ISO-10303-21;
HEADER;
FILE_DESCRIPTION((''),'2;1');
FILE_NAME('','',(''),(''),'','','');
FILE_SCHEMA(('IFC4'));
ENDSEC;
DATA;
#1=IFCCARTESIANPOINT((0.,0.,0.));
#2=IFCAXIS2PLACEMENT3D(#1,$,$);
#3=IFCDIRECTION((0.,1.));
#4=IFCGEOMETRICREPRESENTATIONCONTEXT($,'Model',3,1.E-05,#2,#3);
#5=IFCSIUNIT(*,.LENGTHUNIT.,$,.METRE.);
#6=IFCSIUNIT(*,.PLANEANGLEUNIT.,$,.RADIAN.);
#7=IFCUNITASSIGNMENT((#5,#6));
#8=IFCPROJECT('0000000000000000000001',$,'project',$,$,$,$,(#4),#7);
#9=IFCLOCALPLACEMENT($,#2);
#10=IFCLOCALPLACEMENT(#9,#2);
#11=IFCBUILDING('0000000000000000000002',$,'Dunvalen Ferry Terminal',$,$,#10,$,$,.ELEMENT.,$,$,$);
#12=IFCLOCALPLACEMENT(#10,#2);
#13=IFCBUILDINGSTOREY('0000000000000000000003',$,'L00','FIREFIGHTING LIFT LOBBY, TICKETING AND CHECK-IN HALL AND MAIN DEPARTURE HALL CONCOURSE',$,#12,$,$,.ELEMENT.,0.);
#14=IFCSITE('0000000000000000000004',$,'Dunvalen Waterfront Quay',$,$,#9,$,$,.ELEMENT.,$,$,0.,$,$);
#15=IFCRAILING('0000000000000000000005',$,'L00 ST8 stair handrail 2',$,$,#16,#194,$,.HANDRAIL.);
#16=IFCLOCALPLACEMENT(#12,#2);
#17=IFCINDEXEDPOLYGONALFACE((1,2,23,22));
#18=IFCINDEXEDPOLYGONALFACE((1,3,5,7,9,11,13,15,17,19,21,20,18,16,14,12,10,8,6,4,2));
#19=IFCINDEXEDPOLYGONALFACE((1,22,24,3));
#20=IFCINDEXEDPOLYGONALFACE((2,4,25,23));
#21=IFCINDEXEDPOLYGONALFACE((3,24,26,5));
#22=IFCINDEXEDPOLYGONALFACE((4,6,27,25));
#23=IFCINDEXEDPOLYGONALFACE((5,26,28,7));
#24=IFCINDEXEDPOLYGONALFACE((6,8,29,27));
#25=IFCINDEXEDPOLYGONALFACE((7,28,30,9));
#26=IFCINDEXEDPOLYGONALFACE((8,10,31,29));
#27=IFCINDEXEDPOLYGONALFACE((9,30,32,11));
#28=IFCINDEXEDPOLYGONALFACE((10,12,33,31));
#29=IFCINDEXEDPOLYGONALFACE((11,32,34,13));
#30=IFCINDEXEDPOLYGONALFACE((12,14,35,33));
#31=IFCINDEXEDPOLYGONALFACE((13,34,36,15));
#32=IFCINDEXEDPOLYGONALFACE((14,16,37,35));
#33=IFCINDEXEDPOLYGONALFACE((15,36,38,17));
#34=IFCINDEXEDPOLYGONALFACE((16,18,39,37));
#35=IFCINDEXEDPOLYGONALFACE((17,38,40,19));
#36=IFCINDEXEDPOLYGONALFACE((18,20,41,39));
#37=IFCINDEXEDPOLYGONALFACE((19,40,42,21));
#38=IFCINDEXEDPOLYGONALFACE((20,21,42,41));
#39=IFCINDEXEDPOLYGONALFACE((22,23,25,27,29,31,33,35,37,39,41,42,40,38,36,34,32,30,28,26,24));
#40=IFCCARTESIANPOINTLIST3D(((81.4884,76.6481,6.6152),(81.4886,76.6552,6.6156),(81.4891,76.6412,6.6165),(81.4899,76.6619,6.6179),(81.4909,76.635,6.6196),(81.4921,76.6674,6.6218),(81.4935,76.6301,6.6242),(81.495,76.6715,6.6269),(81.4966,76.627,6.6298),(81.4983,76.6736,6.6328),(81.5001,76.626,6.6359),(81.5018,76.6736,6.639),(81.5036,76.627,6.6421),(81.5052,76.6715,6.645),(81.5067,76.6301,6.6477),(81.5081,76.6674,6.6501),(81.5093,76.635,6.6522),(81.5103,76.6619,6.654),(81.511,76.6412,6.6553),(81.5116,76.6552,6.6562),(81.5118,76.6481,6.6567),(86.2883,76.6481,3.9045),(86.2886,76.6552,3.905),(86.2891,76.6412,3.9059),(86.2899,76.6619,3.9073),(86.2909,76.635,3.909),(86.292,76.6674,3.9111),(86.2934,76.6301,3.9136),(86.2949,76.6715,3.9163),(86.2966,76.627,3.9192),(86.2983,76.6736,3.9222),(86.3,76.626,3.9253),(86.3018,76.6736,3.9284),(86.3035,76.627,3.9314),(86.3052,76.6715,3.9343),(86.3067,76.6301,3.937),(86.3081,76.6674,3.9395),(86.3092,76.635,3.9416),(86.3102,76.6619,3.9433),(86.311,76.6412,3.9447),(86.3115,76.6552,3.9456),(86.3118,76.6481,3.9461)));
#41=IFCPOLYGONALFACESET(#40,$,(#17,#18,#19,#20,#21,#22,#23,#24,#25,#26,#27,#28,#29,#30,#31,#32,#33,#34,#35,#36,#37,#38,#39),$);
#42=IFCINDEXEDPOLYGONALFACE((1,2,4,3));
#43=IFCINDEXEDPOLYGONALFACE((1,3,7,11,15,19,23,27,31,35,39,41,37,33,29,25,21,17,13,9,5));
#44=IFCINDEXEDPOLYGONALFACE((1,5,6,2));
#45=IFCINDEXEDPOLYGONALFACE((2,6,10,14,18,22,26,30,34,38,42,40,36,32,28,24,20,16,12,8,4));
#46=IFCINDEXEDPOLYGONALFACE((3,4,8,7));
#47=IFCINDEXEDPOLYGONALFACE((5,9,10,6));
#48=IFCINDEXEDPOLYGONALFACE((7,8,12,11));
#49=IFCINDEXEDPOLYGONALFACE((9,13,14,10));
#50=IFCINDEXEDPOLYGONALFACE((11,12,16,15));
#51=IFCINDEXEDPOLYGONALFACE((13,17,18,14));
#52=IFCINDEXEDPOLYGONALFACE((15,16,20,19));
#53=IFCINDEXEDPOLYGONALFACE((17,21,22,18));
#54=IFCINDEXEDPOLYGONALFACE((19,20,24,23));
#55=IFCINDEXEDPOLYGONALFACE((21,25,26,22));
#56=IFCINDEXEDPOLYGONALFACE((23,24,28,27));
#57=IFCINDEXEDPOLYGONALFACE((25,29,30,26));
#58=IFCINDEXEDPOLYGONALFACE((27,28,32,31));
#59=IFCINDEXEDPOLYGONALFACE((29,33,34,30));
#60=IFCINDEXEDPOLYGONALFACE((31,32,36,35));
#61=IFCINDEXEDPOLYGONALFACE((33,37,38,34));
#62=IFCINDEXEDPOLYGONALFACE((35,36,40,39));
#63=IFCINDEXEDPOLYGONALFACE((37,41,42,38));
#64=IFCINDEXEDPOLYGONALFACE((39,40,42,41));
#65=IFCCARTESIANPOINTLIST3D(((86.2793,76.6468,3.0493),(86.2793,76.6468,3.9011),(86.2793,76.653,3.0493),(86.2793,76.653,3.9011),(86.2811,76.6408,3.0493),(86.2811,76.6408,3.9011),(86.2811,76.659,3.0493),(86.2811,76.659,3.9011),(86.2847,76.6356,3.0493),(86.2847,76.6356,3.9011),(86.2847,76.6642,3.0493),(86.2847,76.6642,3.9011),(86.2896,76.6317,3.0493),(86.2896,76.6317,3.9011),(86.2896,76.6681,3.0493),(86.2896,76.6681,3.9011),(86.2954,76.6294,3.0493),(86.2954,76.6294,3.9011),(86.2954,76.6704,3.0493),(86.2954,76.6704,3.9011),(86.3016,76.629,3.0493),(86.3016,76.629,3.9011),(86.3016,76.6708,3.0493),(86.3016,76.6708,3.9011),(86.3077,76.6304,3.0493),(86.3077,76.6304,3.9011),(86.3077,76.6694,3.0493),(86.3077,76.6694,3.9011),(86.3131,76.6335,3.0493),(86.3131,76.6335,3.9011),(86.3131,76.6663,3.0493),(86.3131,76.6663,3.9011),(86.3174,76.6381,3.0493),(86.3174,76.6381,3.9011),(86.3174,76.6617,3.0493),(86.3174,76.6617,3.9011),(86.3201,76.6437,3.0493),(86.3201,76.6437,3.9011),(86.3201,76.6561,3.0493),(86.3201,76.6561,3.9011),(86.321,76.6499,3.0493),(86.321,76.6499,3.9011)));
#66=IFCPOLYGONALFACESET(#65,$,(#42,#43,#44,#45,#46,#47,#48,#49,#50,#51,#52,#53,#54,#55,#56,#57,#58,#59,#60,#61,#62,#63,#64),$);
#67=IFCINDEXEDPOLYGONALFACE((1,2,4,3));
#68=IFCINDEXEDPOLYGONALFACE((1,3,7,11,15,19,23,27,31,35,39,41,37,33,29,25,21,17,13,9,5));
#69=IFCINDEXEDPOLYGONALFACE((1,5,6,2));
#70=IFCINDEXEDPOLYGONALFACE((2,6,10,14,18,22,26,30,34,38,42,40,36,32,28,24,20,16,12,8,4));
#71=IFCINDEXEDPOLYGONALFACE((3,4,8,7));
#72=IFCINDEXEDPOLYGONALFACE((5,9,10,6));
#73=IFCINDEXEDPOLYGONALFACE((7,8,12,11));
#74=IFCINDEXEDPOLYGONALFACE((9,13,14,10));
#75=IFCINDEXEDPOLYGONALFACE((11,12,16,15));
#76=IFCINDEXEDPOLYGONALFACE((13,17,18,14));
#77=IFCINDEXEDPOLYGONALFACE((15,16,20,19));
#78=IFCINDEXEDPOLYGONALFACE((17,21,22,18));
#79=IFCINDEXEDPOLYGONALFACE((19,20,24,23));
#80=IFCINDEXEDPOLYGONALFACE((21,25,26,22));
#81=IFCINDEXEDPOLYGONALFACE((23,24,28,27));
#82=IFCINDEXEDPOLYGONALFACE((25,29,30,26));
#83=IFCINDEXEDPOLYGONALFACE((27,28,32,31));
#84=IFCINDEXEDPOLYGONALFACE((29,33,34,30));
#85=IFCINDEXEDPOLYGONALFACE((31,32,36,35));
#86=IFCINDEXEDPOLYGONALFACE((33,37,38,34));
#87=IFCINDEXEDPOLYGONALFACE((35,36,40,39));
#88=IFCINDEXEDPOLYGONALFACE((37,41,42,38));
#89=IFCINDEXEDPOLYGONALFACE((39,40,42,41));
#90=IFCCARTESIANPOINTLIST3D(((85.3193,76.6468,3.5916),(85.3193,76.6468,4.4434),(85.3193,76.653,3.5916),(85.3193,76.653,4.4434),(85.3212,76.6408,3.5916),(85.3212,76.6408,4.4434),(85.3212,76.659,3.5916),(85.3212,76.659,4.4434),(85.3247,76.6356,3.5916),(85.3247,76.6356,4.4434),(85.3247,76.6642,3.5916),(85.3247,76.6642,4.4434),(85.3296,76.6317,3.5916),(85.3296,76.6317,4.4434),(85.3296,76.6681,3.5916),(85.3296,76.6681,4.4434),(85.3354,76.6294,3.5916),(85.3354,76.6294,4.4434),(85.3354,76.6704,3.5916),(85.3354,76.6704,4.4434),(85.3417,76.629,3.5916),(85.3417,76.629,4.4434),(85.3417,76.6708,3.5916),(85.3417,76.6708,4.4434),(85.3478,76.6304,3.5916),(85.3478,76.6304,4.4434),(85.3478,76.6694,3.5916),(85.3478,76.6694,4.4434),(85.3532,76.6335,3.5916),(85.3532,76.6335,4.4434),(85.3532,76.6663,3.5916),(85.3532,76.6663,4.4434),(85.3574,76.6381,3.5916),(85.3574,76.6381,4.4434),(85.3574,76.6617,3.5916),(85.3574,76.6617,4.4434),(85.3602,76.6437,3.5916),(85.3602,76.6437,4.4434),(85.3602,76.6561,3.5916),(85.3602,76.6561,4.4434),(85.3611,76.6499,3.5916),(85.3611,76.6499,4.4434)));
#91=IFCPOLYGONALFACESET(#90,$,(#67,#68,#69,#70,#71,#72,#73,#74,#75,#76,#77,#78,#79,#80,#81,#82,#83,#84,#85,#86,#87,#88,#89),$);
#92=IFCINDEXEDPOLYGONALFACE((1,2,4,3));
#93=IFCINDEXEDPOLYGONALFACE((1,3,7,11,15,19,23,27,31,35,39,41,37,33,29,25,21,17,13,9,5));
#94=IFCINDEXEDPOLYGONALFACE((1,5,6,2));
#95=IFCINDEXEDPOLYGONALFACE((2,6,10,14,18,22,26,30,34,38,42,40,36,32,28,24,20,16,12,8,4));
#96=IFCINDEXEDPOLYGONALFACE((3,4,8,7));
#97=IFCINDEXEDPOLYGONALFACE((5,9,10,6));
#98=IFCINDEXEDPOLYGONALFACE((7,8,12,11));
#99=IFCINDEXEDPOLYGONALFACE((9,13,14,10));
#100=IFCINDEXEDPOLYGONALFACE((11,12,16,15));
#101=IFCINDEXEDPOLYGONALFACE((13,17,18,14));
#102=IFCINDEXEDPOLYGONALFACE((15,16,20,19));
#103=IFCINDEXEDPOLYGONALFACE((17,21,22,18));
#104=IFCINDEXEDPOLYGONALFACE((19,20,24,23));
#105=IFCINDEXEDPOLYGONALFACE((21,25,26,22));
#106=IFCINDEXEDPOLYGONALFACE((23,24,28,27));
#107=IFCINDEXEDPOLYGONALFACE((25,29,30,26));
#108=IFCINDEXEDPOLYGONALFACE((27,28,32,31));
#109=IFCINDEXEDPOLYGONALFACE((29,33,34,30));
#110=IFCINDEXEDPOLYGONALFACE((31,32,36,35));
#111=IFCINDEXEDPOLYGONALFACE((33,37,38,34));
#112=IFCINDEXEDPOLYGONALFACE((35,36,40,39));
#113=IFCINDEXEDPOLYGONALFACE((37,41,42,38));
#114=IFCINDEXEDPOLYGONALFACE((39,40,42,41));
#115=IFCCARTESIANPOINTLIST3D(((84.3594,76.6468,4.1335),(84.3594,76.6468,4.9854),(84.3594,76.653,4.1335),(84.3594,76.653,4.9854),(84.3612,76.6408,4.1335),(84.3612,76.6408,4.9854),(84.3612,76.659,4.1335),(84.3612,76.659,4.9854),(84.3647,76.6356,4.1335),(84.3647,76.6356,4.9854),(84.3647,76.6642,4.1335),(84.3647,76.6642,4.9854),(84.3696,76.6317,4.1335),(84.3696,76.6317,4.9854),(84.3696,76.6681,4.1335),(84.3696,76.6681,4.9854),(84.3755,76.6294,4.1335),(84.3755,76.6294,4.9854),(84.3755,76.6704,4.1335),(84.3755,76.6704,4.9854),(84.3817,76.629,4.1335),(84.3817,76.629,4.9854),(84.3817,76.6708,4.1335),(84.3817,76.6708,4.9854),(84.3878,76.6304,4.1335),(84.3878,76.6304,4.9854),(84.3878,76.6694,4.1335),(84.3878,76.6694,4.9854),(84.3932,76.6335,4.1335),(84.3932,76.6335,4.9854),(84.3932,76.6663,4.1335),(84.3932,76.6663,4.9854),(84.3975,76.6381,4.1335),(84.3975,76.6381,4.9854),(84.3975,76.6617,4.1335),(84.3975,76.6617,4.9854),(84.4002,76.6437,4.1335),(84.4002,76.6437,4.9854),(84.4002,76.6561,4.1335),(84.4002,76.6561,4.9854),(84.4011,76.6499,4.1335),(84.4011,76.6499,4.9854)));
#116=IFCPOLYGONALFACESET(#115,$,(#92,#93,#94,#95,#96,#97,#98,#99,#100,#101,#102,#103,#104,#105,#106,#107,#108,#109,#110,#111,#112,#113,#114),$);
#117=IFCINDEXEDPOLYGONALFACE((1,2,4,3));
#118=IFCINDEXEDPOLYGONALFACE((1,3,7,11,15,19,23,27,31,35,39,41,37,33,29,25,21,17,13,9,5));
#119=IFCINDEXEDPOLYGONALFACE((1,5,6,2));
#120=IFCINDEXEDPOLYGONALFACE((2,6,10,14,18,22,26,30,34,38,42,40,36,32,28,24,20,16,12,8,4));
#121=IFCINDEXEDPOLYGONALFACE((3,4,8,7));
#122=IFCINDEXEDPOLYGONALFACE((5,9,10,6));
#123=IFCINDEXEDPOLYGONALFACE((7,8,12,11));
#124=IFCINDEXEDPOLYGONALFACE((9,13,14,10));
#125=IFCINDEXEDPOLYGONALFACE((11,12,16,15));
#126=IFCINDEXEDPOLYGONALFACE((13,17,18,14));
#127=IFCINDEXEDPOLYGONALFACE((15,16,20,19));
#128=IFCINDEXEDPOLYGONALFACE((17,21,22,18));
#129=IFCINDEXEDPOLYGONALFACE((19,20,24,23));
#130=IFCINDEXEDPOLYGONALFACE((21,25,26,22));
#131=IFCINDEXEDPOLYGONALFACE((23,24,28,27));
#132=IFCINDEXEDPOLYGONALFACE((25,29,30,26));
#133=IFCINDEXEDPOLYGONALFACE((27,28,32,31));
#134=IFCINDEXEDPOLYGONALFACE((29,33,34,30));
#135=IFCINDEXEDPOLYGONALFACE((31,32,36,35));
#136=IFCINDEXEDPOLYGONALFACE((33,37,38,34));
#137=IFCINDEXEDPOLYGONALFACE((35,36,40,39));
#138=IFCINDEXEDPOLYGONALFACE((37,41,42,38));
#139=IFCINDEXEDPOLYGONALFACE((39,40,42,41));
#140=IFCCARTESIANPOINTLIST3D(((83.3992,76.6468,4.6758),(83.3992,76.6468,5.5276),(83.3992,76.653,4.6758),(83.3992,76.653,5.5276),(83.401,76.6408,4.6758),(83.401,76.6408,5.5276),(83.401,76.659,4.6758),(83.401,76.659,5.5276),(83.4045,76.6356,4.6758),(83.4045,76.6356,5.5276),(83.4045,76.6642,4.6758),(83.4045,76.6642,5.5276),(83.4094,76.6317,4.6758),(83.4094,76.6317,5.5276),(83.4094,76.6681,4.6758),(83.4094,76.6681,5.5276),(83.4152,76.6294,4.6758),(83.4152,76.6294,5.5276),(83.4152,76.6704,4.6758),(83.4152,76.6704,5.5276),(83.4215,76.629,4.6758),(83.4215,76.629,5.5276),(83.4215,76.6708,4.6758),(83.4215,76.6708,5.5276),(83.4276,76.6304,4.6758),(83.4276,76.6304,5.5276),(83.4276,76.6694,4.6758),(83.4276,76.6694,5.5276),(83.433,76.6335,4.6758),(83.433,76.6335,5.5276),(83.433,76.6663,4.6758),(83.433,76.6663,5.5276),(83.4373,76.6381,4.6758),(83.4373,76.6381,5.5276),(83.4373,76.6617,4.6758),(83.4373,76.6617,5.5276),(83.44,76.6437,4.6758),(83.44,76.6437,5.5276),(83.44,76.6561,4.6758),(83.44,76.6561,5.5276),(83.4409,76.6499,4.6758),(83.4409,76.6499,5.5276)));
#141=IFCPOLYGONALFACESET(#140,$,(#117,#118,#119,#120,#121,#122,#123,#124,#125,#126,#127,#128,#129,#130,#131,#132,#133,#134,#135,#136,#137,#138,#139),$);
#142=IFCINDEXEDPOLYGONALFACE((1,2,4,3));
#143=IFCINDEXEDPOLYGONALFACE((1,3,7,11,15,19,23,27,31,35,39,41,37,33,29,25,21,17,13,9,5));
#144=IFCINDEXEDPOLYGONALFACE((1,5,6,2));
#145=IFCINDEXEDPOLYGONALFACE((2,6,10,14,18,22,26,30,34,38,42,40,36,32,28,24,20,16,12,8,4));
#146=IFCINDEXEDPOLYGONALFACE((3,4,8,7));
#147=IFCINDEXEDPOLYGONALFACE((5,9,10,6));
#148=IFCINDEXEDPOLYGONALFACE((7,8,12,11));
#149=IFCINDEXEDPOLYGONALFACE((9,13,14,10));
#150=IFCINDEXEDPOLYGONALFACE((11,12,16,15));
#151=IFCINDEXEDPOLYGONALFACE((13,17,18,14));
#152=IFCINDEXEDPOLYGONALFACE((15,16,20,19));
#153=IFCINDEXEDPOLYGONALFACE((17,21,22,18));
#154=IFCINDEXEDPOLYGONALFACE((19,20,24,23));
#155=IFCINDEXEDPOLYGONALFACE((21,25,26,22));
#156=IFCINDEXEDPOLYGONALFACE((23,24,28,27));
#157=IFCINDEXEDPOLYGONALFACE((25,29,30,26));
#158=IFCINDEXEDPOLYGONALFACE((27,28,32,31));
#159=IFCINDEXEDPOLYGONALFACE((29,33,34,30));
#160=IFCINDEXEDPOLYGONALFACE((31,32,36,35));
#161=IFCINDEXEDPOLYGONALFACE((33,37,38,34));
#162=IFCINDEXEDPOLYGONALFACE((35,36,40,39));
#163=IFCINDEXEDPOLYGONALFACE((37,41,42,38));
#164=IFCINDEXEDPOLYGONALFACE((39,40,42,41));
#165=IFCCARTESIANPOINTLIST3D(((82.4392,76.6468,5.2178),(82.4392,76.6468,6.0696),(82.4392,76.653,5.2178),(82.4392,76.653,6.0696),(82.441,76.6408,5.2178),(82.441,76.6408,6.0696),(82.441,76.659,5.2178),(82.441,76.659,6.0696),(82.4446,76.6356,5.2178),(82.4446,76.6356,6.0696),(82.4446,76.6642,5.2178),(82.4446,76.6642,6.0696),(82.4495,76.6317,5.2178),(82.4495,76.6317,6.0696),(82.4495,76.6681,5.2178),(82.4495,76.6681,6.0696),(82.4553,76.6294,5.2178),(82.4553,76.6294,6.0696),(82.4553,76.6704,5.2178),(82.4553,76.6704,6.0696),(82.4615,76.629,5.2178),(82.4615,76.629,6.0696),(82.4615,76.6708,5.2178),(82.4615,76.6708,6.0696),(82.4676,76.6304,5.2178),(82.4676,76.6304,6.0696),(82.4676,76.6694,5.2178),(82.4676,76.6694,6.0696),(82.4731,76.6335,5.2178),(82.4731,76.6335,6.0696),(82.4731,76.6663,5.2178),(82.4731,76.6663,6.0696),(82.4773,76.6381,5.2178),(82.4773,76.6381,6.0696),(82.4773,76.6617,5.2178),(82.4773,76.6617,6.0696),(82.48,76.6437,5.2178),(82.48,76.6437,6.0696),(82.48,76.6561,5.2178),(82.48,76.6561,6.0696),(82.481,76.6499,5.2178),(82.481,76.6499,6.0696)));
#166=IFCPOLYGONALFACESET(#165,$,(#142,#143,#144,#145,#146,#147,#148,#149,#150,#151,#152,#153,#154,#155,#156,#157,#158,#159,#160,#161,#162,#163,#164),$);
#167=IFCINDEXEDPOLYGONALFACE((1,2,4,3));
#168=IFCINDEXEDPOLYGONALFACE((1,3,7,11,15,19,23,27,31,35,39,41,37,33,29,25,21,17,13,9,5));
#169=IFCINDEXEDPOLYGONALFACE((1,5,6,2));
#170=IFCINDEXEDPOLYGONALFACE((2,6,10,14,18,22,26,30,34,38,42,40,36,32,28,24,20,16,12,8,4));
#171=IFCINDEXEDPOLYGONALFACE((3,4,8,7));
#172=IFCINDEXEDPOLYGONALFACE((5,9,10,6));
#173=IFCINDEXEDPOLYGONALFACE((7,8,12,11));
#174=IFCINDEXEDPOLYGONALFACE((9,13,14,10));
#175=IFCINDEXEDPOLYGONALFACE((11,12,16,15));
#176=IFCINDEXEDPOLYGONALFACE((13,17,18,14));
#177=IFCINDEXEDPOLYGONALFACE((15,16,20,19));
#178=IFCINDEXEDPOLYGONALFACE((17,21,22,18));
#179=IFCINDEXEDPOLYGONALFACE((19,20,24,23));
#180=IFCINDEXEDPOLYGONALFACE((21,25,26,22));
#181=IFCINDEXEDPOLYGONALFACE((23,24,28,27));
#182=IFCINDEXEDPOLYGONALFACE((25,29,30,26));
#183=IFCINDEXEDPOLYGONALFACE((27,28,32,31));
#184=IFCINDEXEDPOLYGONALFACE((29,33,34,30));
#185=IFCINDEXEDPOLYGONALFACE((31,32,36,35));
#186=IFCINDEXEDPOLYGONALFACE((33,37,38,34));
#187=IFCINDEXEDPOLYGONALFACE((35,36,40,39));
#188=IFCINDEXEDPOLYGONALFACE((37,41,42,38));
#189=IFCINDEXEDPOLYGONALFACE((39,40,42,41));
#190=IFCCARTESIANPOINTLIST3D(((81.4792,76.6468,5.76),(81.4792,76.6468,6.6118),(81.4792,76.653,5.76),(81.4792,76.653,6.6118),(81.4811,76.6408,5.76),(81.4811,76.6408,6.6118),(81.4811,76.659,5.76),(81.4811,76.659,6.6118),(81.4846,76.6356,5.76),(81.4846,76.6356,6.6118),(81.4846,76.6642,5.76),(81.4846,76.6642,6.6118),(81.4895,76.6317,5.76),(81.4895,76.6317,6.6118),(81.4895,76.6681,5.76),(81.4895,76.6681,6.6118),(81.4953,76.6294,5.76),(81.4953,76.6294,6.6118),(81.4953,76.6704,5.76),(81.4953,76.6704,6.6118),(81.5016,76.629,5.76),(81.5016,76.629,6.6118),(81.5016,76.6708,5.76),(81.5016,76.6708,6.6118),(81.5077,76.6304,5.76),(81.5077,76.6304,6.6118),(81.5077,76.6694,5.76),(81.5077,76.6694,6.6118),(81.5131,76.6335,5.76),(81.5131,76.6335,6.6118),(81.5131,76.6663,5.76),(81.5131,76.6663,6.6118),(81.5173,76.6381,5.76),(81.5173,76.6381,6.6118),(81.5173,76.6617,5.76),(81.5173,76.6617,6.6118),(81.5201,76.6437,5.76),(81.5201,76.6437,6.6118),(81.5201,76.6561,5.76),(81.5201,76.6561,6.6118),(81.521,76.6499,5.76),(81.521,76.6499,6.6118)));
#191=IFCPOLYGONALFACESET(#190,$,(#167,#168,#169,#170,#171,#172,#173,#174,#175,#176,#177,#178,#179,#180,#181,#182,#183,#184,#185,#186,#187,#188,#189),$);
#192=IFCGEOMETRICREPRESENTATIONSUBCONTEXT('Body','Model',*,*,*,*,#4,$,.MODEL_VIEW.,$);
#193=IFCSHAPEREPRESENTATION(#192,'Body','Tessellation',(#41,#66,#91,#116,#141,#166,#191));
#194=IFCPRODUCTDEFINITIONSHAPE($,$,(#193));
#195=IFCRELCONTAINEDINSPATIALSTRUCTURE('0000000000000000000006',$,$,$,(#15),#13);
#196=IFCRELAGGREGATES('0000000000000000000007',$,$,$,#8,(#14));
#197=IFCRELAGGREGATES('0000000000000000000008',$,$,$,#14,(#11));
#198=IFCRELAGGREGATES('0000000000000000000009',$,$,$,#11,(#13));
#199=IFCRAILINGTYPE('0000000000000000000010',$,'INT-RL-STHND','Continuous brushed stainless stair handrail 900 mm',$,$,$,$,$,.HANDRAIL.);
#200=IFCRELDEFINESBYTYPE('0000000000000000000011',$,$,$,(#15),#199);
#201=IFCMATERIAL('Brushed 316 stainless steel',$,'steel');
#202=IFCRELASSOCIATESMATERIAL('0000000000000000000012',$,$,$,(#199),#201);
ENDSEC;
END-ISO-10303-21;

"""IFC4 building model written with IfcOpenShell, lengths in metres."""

from ifc_helpers import new_model, si_unit, direction, frame, origin, origin_2d, place, context, subcontext, project, spatial, circle, extrude, material, type_object, element, save


model = new_model("IFC4")

# Units and contexts
model_context = context("Model", 3, precision=1e-05, world=origin(), true_north=direction((0.0, 1.0)))
body_context = subcontext(model_context, "Body", "Model", "MODEL_VIEW")
ifc_project = project(units=[si_unit("LENGTHUNIT", "METRE"), si_unit("PLANEANGLEUNIT", "RADIAN")], contexts=[model_context])

# Site, building, storey
site_placement = place(None, origin())
site = spatial("IfcSite", under=ifc_project, at=site_placement, Name="Dunvalen Waterfront Quay", CompositionType="ELEMENT", RefElevation=0.0)
building_placement = place(site_placement, origin())
building = spatial("IfcBuilding", under=site, at=building_placement, Name="Dunvalen Ferry Terminal", CompositionType="ELEMENT")
storey_placement = place(building_placement, origin())
storey = spatial("IfcBuildingStorey", under=building, at=storey_placement, Name="L00", Description="FIREFIGHTING LIFT LOBBY, TICKETING AND CHECK-IN HALL AND MAIN DEPARTURE HALL CONCOURSE", CompositionType="ELEMENT", Elevation=0.0)

# Railing
ifc_material_1 = material(Name="Brushed 316 stainless steel", Category="steel")
railing_type_1 = type_object("IfcRailingType", Name="INT-RL-STHND", Description="Continuous brushed stainless stair handrail 900 mm", PredefinedType="HANDRAIL", material=ifc_material_1)
railing_1_placement = place(storey_placement, frame((86.3, 76.6499, 3.0493)))
element("IfcRailing", 1, at=railing_1_placement, inside=storey, type_object=railing_type_1, Name="L00 ST8 stair handrail 2", PredefinedType="HANDRAIL", context=body_context, shape_type="SweptSolid", body=[
    extrude(circle(Radius=0.0239, at=origin_2d()), frame((0.0, 0.0, 0.876), z_axis=(-0.870748, 0.0, 0.49173), x_axis=(0.0, -1.0, 0.0)), (0.0, 0.0, 1.0), 5.5125),
    extrude(circle(Radius=0.021, at=origin_2d()), origin(), (0.0, 0.0, 1.0), 0.8518),
    extrude(circle(Radius=0.021, at=origin_2d()), frame((-0.96, 0.0, 0.5422)), (0.0, 0.0, 1.0), 0.8518),
    extrude(circle(Radius=0.021, at=origin_2d()), frame((-1.9199, 0.0, 1.0842)), (0.0, 0.0, 1.0), 0.8518),
    extrude(circle(Radius=0.021, at=origin_2d()), frame((-2.8801, 0.0, 1.6265)), (0.0, 0.0, 1.0), 0.8518),
    extrude(circle(Radius=0.021, at=origin_2d()), frame((-3.8401, 0.0, 2.1685)), (0.0, 0.0, 1.0), 0.8518),
    extrude(circle(Radius=0.021, at=origin_2d()), frame((-4.8, 0.0, 2.7107)), (0.0, 0.0, 1.0), 0.8518),
])

save(model, "model.ifc")
